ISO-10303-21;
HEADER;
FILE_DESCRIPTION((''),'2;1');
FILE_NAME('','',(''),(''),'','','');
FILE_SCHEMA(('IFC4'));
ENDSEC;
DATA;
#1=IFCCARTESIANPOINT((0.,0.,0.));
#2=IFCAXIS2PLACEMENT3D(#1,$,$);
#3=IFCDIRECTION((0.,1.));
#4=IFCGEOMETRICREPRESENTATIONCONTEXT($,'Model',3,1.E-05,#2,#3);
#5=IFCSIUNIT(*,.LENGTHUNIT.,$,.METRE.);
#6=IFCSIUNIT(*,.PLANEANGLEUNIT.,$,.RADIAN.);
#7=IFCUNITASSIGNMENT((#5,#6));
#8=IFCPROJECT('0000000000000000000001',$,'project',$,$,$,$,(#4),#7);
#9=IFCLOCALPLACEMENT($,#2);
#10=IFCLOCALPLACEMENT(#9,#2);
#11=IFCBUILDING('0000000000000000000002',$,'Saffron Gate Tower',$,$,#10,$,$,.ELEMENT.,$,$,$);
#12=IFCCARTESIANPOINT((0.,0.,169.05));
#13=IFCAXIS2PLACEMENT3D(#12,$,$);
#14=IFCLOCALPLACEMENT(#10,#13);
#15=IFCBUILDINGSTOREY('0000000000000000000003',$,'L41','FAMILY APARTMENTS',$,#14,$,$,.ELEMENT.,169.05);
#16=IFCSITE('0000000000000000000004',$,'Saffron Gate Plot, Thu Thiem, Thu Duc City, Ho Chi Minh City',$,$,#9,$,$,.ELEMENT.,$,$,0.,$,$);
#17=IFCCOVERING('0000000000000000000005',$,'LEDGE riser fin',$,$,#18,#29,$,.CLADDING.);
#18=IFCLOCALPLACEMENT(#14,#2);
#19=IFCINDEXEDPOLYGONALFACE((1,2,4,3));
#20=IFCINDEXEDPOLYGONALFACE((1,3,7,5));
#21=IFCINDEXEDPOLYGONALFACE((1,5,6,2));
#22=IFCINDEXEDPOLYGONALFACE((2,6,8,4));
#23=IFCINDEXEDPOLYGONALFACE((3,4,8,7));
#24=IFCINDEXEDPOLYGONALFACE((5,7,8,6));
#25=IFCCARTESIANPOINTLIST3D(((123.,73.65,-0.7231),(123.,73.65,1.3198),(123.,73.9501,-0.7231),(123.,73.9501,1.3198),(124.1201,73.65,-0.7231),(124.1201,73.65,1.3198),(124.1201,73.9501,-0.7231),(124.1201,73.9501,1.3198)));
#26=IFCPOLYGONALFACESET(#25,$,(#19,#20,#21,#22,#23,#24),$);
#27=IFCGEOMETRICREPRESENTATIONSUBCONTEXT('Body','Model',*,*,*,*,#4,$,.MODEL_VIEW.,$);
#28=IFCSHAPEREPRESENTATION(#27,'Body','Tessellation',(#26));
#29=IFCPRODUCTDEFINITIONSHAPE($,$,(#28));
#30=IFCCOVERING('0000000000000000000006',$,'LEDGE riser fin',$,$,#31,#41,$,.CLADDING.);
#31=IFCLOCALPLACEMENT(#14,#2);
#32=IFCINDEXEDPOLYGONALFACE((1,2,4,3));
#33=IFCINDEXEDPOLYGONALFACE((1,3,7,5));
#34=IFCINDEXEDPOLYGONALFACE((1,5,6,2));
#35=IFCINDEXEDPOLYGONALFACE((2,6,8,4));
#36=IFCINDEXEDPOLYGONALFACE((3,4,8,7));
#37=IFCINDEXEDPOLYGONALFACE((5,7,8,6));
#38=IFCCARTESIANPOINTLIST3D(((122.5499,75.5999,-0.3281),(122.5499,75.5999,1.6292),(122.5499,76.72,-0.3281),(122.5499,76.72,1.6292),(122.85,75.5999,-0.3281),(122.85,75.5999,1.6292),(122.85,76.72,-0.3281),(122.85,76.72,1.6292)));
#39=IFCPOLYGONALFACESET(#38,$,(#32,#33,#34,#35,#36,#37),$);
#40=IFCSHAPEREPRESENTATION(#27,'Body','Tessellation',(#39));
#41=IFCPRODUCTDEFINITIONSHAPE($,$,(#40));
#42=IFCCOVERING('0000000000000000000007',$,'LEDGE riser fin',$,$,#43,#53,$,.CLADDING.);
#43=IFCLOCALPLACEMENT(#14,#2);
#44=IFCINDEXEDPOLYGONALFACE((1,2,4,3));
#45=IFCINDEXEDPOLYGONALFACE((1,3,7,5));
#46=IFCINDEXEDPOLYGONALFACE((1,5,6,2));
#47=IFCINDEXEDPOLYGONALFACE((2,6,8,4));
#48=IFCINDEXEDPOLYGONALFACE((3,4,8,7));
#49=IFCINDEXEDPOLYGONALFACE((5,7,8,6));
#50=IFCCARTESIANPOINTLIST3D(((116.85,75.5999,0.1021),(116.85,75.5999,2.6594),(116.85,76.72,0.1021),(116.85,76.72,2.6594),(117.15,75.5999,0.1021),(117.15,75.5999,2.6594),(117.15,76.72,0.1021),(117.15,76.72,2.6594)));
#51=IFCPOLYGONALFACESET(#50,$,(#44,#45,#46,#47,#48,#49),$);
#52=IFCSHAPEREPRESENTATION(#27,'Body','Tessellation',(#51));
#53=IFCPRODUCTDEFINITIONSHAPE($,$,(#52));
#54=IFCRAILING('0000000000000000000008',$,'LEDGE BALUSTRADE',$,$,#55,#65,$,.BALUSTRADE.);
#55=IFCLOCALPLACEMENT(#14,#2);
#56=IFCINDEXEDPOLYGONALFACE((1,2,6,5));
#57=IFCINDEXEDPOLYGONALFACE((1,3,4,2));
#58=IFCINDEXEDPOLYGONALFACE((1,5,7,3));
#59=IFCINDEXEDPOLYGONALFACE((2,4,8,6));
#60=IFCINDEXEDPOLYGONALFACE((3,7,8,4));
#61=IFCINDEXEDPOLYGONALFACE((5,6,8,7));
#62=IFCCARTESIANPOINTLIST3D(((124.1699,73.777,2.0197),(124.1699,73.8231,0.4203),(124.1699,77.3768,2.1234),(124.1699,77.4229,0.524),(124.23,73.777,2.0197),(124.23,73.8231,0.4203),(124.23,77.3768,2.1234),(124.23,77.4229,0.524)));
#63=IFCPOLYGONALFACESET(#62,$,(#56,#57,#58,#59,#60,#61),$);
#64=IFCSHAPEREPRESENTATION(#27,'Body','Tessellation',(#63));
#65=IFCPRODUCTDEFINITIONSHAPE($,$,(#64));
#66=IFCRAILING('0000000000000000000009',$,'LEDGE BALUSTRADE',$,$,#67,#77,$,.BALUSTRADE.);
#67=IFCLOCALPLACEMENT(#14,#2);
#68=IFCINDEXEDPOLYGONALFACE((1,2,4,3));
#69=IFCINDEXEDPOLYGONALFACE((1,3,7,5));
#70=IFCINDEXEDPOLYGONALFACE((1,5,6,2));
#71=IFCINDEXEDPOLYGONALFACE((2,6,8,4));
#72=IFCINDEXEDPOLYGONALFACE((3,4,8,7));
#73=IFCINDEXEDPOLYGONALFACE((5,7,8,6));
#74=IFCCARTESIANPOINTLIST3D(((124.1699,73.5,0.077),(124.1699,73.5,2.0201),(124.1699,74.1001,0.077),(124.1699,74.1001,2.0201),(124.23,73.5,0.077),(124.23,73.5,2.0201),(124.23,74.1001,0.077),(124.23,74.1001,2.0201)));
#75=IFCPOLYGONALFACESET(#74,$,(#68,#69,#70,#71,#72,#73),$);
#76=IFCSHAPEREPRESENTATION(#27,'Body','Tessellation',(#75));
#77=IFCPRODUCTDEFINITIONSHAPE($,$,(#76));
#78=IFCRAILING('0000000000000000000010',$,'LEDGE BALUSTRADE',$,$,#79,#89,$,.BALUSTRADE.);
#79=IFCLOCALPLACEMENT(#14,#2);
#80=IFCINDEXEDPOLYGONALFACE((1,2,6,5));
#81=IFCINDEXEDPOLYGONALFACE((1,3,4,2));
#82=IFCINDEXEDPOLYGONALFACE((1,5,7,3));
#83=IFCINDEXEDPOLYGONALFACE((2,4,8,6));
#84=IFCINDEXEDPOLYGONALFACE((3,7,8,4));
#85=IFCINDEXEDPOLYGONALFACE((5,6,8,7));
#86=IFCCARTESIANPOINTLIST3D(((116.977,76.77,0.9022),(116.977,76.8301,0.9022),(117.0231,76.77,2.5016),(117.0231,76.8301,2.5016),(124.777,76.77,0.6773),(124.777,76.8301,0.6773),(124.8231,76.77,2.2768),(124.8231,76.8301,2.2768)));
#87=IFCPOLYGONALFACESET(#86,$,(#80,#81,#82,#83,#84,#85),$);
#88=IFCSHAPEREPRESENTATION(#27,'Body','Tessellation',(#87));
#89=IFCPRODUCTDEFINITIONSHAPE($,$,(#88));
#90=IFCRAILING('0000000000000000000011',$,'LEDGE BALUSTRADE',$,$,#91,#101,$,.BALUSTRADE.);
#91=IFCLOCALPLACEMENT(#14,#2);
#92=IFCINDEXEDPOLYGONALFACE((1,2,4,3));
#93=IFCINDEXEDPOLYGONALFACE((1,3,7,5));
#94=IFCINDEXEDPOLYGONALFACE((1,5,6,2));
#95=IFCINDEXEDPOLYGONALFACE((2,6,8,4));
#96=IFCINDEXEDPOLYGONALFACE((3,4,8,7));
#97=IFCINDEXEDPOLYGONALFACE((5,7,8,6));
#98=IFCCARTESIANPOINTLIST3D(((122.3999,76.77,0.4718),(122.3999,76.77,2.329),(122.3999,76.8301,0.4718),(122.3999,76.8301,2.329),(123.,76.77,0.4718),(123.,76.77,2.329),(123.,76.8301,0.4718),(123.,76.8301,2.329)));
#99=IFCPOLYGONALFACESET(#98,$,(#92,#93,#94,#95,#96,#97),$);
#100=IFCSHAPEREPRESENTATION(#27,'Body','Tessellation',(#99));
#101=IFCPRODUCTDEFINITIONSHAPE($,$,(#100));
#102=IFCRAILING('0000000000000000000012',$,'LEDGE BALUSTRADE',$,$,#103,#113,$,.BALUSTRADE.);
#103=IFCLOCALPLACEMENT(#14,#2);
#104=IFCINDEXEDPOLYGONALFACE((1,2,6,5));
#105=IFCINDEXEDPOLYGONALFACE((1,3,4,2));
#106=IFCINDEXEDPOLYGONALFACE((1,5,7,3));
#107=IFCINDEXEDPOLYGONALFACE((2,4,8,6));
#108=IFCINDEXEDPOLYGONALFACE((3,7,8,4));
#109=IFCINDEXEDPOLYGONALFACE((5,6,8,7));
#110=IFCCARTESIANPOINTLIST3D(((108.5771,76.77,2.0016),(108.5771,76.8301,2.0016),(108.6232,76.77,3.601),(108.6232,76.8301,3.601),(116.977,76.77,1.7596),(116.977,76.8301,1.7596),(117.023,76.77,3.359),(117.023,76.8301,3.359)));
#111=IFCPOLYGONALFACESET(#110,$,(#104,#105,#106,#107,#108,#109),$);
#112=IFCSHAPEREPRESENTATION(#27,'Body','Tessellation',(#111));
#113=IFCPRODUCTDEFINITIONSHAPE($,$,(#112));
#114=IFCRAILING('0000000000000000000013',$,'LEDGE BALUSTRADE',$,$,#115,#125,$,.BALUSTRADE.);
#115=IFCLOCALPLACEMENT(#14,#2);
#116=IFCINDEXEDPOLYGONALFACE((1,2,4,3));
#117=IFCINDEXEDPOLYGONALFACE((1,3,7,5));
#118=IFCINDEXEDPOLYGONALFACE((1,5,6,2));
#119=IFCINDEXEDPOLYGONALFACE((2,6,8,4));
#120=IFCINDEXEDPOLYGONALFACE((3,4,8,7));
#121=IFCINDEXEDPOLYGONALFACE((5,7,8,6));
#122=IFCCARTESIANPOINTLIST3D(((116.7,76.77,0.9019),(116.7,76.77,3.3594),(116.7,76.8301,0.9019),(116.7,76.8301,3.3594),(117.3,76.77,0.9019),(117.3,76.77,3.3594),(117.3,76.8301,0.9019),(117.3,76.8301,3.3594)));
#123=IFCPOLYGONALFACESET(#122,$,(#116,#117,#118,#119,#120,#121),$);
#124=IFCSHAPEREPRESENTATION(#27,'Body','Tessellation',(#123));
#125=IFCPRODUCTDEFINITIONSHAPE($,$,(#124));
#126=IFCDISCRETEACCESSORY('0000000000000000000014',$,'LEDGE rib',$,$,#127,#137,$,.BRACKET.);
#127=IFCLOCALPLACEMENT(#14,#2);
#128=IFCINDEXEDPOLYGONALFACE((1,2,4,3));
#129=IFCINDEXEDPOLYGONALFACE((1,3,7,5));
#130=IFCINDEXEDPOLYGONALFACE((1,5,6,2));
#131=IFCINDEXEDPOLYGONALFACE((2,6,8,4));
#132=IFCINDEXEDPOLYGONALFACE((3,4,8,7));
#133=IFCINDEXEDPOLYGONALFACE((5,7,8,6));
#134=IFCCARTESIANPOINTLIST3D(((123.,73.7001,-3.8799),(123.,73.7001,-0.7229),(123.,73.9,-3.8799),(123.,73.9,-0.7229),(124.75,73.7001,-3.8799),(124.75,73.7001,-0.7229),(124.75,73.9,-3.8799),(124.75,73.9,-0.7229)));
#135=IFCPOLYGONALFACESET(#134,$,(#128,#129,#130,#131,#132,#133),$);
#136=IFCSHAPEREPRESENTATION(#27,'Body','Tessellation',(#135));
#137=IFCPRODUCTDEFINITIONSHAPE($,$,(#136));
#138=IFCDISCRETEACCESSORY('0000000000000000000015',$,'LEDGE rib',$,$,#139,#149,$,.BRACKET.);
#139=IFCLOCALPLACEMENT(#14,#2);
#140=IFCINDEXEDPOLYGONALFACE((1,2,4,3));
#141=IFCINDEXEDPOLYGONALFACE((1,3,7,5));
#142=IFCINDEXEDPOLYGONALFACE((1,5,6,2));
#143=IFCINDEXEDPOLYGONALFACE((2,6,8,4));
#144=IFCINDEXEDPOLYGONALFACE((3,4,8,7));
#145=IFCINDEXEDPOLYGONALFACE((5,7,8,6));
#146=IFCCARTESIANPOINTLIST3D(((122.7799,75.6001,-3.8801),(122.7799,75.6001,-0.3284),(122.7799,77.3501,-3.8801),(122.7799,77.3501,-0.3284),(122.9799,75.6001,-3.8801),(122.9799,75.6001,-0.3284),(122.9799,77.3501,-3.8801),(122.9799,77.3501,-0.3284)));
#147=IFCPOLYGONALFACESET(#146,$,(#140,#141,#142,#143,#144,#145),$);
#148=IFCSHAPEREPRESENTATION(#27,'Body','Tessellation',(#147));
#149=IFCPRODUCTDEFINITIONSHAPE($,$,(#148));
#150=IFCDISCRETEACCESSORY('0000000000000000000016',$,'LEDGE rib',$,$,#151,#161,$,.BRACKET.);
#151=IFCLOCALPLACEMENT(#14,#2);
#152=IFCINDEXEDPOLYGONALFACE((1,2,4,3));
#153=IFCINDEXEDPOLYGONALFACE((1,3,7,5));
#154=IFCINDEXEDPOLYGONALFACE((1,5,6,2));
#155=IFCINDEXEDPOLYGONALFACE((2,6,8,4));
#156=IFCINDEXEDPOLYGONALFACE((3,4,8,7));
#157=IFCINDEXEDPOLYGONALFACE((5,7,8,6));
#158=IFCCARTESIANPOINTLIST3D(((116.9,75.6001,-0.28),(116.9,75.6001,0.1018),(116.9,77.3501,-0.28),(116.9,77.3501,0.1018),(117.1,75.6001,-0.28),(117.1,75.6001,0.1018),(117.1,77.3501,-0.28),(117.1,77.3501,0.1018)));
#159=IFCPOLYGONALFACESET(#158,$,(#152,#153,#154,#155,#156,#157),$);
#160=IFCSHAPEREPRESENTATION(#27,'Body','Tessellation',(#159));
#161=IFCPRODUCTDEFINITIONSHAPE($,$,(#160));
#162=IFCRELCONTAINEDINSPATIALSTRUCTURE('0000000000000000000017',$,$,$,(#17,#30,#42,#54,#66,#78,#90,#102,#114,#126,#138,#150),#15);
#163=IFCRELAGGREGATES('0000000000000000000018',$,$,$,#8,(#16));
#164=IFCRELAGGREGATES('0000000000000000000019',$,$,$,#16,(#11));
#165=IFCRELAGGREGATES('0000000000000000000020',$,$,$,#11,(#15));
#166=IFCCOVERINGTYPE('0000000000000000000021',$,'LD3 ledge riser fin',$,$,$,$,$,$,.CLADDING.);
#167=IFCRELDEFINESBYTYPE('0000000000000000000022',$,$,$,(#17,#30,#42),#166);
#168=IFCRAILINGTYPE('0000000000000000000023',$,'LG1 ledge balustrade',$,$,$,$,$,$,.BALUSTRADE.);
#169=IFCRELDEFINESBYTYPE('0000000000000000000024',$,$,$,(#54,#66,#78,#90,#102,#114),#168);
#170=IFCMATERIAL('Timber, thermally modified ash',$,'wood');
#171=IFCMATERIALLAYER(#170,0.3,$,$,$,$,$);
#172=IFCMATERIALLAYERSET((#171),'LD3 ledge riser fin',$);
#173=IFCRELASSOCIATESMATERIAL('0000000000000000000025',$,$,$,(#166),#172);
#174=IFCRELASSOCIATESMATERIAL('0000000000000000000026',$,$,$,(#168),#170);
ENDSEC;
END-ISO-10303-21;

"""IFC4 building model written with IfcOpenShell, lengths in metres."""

from ifc_helpers import new_model, si_unit, direction, frame, origin, origin_2d, place, context, subcontext, project, spatial, rectangle, extrude, material, layer, layer_set, type_object, element, save


model = new_model("IFC4")

# Units and contexts
model_context = context("Model", 3, precision=1e-05, world=origin(), true_north=direction((0.0, 1.0)))
body_context = subcontext(model_context, "Body", "Model", "MODEL_VIEW")
ifc_project = project(units=[si_unit("LENGTHUNIT", "METRE"), si_unit("PLANEANGLEUNIT", "RADIAN")], contexts=[model_context])

# Site, building, storey
site_placement = place(None, origin())
site = spatial("IfcSite", under=ifc_project, at=site_placement, Name="Saffron Gate Plot, Thu Thiem, Thu Duc City, Ho Chi Minh City", CompositionType="ELEMENT", RefElevation=0.0)
building_placement = place(site_placement, origin())
building = spatial("IfcBuilding", under=site, at=building_placement, Name="Saffron Gate Tower", CompositionType="ELEMENT")
storey_placement = place(building_placement, frame((0.0, 0.0, 169.05)))
storey = spatial("IfcBuildingStorey", under=building, at=storey_placement, Name="L41", Description="FAMILY APARTMENTS", CompositionType="ELEMENT", Elevation=169.05)

# Coverings
ifc_material_1 = material(Name="Timber, thermally modified ash", Category="wood")
ifc_layer_1 = layer(ifc_material_1, 0.3)
ifc_layer_set_1 = layer_set([ifc_layer_1], Name="LD3 ledge riser fin")
covering_type_1 = type_object("IfcCoveringType", Name="LD3 ledge riser fin", PredefinedType="CLADDING", material=ifc_layer_set_1)
covering_1_placement = place(storey_placement, frame((123.5601, 73.8, -0.7231), z_axis=(0.0, 0.0, 1.0), x_axis=(0.0, 1.0, 0.0)))
element("IfcCovering", 1, at=covering_1_placement, inside=storey, type_object=covering_type_1, Name="LEDGE riser fin", PredefinedType="CLADDING", context=body_context, shape_type="SweptSolid", body=[
    extrude(rectangle(XDim=0.3, YDim=1.1201, at=origin_2d()), origin(), (0.0, 0.0, 1.0), 2.043),
])
covering_2_placement = place(storey_placement, frame((122.7, 76.1599, -0.3281), z_axis=(0.0, 0.0, 1.0), x_axis=(-1.0, 0.0, 0.0)))
element("IfcCovering", 2, at=covering_2_placement, inside=storey, type_object=covering_type_1, Name="LEDGE riser fin", PredefinedType="CLADDING", context=body_context, shape_type="SweptSolid", body=[
    extrude(rectangle(XDim=0.3, YDim=1.1201, at=origin_2d()), origin(), (0.0, 0.0, 1.0), 1.9573),
])
covering_3_placement = place(storey_placement, frame((117.0, 76.1599, 0.1021), z_axis=(0.0, 0.0, 1.0), x_axis=(-1.0, 0.0, 0.0)))
element("IfcCovering", 3, at=covering_3_placement, inside=storey, type_object=covering_type_1, Name="LEDGE riser fin", PredefinedType="CLADDING", context=body_context, shape_type="SweptSolid", body=[
    extrude(rectangle(XDim=0.3, YDim=1.1201, at=origin_2d()), origin(), (0.0, 0.0, 1.0), 2.5574),
])

# Railings
railing_type = type_object("IfcRailingType", Name="LG1 ledge balustrade", PredefinedType="BALUSTRADE", material=ifc_material_1)
railing_1_placement = place(storey_placement, frame((124.2, 73.8, 0.4199)))
element("IfcRailing", 4, at=railing_1_placement, inside=storey, type_object=railing_type, Name="LEDGE BALUSTRADE", PredefinedType="BALUSTRADE", context=body_context, shape_type="SweptSolid", body=[
    extrude(rectangle(XDim=0.0601, YDim=1.6001, at=origin_2d()), frame((0.0, 0.0, 0.8), z_axis=(0.0, 0.999585, 0.028811), x_axis=(-1.0, 0.0, 0.0)), (0.0, 0.0, 1.0), 3.6013),
])
railing_2_placement = place(storey_placement, frame((124.2, 73.5, 0.0769)))
element("IfcRailing", 5, at=railing_2_placement, inside=storey, type_object=railing_type, Name="LEDGE BALUSTRADE", PredefinedType="BALUSTRADE", context=body_context, shape_type="SweptSolid", body=[
    extrude(rectangle(XDim=0.0601, YDim=1.9431, at=origin_2d()), frame((0.0, 0.0, 0.9717), z_axis=(0.0, 1.0, 0.0), x_axis=(-1.0, 0.0, 0.0)), (0.0, 0.0, 1.0), 0.6001),
])
railing_3_placement = place(storey_placement, frame((124.8, 76.8, 0.677)))
element("IfcRailing", 6, at=railing_3_placement, inside=storey, type_object=railing_type, Name="LEDGE BALUSTRADE", PredefinedType="BALUSTRADE", context=body_context, shape_type="SweptSolid", body=[
    extrude(rectangle(XDim=0.0601, YDim=1.6001, at=origin_2d()), frame((0.0, 0.0, 0.8), z_axis=(-0.999585, 0.0, 0.028815), x_axis=(0.0, -1.0, 0.0)), (0.0, 0.0, 1.0), 7.8032),
])
railing_4_placement = place(storey_placement, frame((123.0, 76.8, 0.4717)))
element("IfcRailing", 7, at=railing_4_placement, inside=storey, type_object=railing_type, Name="LEDGE BALUSTRADE", PredefinedType="BALUSTRADE", context=body_context, shape_type="SweptSolid", body=[
    extrude(rectangle(XDim=0.0601, YDim=1.8572, at=origin_2d()), frame((0.0, 0.0, 0.9287), z_axis=(-1.0, 0.0, 0.0), x_axis=(0.0, -1.0, 0.0)), (0.0, 0.0, 1.0), 0.6001),
])
railing_5_placement = place(storey_placement, frame((117.0, 76.8, 1.7593)))
element("IfcRailing", 8, at=railing_5_placement, inside=storey, type_object=railing_type, Name="LEDGE BALUSTRADE", PredefinedType="BALUSTRADE", context=body_context, shape_type="SweptSolid", body=[
    extrude(rectangle(XDim=0.0601, YDim=1.6001, at=origin_2d()), frame((0.0, 0.0, 0.8), z_axis=(-0.999585, 0.0, 0.028791), x_axis=(0.0, -1.0, 0.0)), (0.0, 0.0, 1.0), 8.4033),
])
railing_6_placement = place(storey_placement, frame((117.3, 76.8, 0.9019)))
element("IfcRailing", 9, at=railing_6_placement, inside=storey, type_object=railing_type, Name="LEDGE BALUSTRADE", PredefinedType="BALUSTRADE", context=body_context, shape_type="SweptSolid", body=[
    extrude(rectangle(XDim=0.0601, YDim=2.4575, at=origin_2d()), frame((0.0, 0.0, 1.2288), z_axis=(-1.0, 0.0, 0.0), x_axis=(0.0, -1.0, 0.0)), (0.0, 0.0, 1.0), 0.6001),
])

# Discrete accessories
discrete_accessory_1_placement = place(storey_placement, frame((123.875, 73.8, -3.8799), z_axis=(0.0, 0.0, 1.0), x_axis=(0.0, 1.0, 0.0)))
element("IfcDiscreteAccessory", 10, at=discrete_accessory_1_placement, inside=storey, Name="LEDGE rib", PredefinedType="BRACKET", context=body_context, shape_type="SweptSolid", body=[
    extrude(rectangle(XDim=0.2, YDim=1.75, at=origin_2d()), origin(), (0.0, 0.0, 1.0), 3.157),
])
discrete_accessory_2_placement = place(storey_placement, frame((122.8799, 76.4751, -3.8801), z_axis=(0.0, 0.0, 1.0), x_axis=(-1.0, 0.0, 0.0)))
element("IfcDiscreteAccessory", 11, at=discrete_accessory_2_placement, inside=storey, Name="LEDGE rib", PredefinedType="BRACKET", context=body_context, shape_type="SweptSolid", body=[
    extrude(rectangle(XDim=0.2, YDim=1.75, at=origin_2d()), origin(), (0.0, 0.0, 1.0), 3.5518),
])
discrete_accessory_3_placement = place(storey_placement, frame((117.0, 76.4751, -0.28), z_axis=(0.0, 0.0, 1.0), x_axis=(-1.0, 0.0, 0.0)))
element("IfcDiscreteAccessory", 12, at=discrete_accessory_3_placement, inside=storey, Name="LEDGE rib", PredefinedType="BRACKET", context=body_context, shape_type="SweptSolid", body=[
    extrude(rectangle(XDim=0.2, YDim=1.75, at=origin_2d()), origin(), (0.0, 0.0, 1.0), 0.3818),
])

save(model, "model.ifc")
